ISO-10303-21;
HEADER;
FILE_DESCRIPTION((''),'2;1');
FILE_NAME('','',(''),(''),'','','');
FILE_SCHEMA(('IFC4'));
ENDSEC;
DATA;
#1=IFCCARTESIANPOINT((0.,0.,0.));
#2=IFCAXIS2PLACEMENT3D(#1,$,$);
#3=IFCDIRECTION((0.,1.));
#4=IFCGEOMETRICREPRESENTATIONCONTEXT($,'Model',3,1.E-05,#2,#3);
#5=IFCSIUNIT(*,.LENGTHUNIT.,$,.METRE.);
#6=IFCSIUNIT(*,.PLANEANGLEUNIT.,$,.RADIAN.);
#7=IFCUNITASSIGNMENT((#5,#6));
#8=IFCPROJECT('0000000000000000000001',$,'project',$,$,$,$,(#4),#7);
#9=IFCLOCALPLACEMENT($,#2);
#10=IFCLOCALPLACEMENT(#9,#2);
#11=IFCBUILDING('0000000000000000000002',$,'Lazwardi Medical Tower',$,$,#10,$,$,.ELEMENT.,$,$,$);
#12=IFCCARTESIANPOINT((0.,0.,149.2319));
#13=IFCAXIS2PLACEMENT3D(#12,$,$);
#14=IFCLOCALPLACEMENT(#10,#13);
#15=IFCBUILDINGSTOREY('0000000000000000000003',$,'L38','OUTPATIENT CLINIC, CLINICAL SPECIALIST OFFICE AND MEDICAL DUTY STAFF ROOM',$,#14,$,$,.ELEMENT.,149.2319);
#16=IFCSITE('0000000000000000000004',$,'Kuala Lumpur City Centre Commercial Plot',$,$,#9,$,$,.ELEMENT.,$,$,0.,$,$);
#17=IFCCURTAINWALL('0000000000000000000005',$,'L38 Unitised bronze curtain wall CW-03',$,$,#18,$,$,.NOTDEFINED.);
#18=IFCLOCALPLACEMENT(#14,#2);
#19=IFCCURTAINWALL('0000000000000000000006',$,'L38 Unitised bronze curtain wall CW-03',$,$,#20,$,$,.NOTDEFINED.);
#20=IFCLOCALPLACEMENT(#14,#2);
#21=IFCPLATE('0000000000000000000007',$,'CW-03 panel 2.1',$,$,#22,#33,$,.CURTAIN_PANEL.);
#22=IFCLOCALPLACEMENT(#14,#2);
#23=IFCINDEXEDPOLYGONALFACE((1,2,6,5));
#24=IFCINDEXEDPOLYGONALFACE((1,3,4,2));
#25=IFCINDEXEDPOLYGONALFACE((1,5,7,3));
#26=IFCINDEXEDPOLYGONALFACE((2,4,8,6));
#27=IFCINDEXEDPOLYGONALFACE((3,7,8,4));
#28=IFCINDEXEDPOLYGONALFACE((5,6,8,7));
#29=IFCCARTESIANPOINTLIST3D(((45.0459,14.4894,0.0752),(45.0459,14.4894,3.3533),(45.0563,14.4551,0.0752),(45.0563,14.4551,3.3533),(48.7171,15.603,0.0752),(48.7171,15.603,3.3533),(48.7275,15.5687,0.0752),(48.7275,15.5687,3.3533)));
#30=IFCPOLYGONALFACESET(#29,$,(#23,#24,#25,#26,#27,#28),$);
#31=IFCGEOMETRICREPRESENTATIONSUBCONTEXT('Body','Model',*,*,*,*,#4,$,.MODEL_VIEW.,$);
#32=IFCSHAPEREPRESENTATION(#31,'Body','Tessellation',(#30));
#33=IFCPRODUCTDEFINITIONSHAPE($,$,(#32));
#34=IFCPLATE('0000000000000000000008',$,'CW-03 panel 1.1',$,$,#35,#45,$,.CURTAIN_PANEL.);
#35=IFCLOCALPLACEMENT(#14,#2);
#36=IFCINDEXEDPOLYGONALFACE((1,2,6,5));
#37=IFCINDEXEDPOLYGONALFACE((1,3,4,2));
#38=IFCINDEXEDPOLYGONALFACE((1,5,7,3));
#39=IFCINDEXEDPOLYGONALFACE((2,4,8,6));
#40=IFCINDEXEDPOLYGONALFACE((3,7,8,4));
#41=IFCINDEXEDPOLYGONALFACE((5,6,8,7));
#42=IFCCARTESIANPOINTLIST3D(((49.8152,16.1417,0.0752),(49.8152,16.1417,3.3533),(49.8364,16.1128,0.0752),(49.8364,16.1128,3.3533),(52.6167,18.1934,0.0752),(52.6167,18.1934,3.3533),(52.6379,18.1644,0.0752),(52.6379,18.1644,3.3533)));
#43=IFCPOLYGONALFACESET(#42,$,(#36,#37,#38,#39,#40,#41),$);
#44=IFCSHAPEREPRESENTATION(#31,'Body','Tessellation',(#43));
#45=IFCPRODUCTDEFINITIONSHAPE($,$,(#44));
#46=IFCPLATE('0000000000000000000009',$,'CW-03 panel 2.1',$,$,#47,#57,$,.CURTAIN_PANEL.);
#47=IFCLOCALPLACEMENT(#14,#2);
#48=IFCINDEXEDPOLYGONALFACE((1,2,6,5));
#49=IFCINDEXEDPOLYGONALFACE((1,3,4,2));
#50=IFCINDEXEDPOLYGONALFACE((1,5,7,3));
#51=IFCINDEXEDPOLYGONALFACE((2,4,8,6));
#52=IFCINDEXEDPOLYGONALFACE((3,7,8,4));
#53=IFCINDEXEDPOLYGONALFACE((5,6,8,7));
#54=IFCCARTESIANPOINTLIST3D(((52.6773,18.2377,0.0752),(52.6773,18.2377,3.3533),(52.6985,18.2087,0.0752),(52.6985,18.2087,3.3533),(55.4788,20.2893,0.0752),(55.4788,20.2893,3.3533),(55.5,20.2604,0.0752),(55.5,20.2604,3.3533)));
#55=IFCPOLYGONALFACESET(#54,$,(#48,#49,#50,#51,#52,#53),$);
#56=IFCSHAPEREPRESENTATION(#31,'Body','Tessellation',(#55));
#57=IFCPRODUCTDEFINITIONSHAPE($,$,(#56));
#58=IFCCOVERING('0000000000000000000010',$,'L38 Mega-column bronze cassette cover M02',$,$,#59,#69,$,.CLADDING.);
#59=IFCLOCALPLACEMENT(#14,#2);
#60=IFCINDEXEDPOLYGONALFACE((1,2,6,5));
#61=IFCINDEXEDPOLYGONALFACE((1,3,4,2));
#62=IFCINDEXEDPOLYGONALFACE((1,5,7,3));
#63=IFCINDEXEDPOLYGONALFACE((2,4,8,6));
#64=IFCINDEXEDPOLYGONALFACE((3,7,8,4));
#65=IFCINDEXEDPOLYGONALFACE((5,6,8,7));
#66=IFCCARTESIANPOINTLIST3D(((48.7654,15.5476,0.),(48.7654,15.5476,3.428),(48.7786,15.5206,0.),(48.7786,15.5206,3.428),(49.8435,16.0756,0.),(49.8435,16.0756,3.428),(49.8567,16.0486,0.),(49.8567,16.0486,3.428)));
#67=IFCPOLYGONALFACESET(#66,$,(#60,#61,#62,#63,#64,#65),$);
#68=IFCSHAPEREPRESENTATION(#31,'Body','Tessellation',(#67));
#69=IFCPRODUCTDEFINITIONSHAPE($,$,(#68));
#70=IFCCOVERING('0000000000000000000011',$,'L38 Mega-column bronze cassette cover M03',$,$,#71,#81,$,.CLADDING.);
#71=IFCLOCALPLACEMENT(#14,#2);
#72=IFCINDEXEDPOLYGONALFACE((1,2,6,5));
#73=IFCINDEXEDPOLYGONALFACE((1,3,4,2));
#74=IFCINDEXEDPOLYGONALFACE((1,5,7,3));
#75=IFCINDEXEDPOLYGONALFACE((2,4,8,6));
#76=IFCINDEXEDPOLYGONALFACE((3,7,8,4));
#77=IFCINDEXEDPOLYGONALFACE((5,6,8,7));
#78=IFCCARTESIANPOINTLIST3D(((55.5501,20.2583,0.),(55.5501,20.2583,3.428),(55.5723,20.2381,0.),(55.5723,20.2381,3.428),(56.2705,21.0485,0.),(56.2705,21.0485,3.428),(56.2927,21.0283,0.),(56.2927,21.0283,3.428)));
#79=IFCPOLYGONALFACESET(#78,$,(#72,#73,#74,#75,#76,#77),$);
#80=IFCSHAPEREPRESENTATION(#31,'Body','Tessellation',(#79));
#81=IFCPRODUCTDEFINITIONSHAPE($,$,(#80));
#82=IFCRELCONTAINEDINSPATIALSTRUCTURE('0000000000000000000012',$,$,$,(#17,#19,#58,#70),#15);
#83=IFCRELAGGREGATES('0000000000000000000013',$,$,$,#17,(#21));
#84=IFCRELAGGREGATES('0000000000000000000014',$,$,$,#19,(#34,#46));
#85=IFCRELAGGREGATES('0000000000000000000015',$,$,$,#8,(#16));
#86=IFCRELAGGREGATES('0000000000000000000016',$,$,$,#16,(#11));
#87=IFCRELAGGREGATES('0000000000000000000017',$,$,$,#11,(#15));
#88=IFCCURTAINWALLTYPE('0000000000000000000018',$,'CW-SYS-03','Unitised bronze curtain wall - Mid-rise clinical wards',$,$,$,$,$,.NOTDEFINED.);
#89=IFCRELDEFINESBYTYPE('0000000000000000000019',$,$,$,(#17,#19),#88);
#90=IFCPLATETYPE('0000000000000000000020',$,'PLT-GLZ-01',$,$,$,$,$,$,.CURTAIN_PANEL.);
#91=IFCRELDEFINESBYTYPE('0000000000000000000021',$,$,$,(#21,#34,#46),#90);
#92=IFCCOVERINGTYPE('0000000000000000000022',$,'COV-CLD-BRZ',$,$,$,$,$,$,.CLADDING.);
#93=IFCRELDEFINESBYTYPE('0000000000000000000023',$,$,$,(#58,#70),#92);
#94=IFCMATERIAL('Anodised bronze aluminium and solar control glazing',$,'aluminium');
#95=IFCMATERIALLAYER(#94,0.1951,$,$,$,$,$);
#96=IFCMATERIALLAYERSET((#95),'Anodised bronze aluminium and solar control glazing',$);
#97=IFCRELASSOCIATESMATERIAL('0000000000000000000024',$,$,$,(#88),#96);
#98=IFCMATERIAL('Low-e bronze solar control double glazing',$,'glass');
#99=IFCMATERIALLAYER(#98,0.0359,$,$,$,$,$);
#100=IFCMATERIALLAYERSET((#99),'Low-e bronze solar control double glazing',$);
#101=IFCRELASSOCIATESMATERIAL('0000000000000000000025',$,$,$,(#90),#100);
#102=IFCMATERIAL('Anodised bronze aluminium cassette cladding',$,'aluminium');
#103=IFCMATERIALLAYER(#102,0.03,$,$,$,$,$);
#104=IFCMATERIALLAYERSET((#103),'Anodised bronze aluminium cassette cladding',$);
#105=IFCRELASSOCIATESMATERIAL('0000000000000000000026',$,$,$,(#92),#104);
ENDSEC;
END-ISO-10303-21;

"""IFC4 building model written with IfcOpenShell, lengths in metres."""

from ifc_helpers import new_model, si_unit, direction, frame, origin, origin_2d, place, context, subcontext, project, spatial, rectangle, extrude, material, layer, layer_set, type_object, element, aggregate, save


model = new_model("IFC4")

# Units and contexts
model_context = context("Model", 3, precision=1e-05, world=origin(), true_north=direction((0.0, 1.0)))
body_context = subcontext(model_context, "Body", "Model", "MODEL_VIEW")
ifc_project = project(units=[si_unit("LENGTHUNIT", "METRE"), si_unit("PLANEANGLEUNIT", "RADIAN")], contexts=[model_context])

# Site, building, storey
site_placement = place(None, origin())
site = spatial("IfcSite", under=ifc_project, at=site_placement, Name="Kuala Lumpur City Centre Commercial Plot", CompositionType="ELEMENT", RefElevation=0.0)
building_placement = place(site_placement, origin())
building = spatial("IfcBuilding", under=site, at=building_placement, Name="Lazwardi Medical Tower", CompositionType="ELEMENT")
storey_placement = place(building_placement, frame((0.0, 0.0, 149.2319)))
storey = spatial("IfcBuildingStorey", under=building, at=storey_placement, Name="L38", Description="OUTPATIENT CLINIC, CLINICAL SPECIALIST OFFICE AND MEDICAL DUTY STAFF ROOM", CompositionType="ELEMENT", Elevation=149.2319)

# Curtain wall
ifc_material_1 = material(Name="Anodised bronze aluminium and solar control glazing", Category="aluminium")
ifc_layer_1 = layer(ifc_material_1, 0.1951)
ifc_layer_set_1 = layer_set([ifc_layer_1], Name="Anodised bronze aluminium and solar control glazing")
curtain_wall_type = type_object("IfcCurtainWallType", Name="CW-SYS-03", Description="Unitised bronze curtain wall - Mid-rise clinical wards", PredefinedType="NOTDEFINED", material=ifc_layer_set_1)
curtain_wall_1_placement = place(storey_placement, origin())
curtain_wall_1 = element("IfcCurtainWall", 1, at=curtain_wall_1_placement, inside=storey, type_object=curtain_wall_type, Name="L38 Unitised bronze curtain wall CW-03", PredefinedType="NOTDEFINED")

# Curtain wall
curtain_wall_2_placement = place(storey_placement, origin())
curtain_wall_2 = element("IfcCurtainWall", 2, at=curtain_wall_2_placement, inside=storey, type_object=curtain_wall_type, Name="L38 Unitised bronze curtain wall CW-03", PredefinedType="NOTDEFINED")

# Plates
ifc_material_2 = material(Name="Low-e bronze solar control double glazing", Category="glass")
ifc_layer_2 = layer(ifc_material_2, 0.0359)
ifc_layer_set_2 = layer_set([ifc_layer_2], Name="Low-e bronze solar control double glazing")
plate_type = type_object("IfcPlateType", Name="PLT-GLZ-01", PredefinedType="CURTAIN_PANEL", material=ifc_layer_set_2)
plate_1_placement = place(storey_placement, frame((46.8867, 15.0291, 0.0752), z_axis=(0.0, 0.0, 1.0), x_axis=(0.956942, 0.290281, 0.0)))
plate_1 = element("IfcPlate", 3, at=plate_1_placement, type_object=plate_type, Name="CW-03 panel 2.1", PredefinedType="CURTAIN_PANEL", context=body_context, shape_type="SweptSolid", body=[
    extrude(rectangle(XDim=3.8364, YDim=0.0359, at=origin_2d()), origin(), (0.0, 0.0, 1.0), 3.2781),
])
aggregate(curtain_wall_1, [plate_1])
plate_2_placement = place(storey_placement, frame((51.2266, 17.1531, 0.0752), z_axis=(0.0, 0.0, 1.0), x_axis=(0.806793, 0.590834, 0.0)))
plate_2 = element("IfcPlate", 4, at=plate_2_placement, type_object=plate_type, Name="CW-03 panel 1.1", PredefinedType="CURTAIN_PANEL", context=body_context, shape_type="SweptSolid", body=[
    extrude(rectangle(XDim=3.4724, YDim=0.0359, at=origin_2d()), origin(), (0.0, 0.0, 1.0), 3.2781),
])
plate_3_placement = place(storey_placement, frame((54.0886, 19.249, 0.0752), z_axis=(0.0, 0.0, 1.0), x_axis=(0.806793, 0.590834, 0.0)))
plate_3 = element("IfcPlate", 5, at=plate_3_placement, type_object=plate_type, Name="CW-03 panel 2.1", PredefinedType="CURTAIN_PANEL", context=body_context, shape_type="SweptSolid", body=[
    extrude(rectangle(XDim=3.4724, YDim=0.0359, at=origin_2d()), origin(), (0.0, 0.0, 1.0), 3.2781),
])
aggregate(curtain_wall_2, [plate_2, plate_3])

# Coverings
ifc_material_3 = material(Name="Anodised bronze aluminium cassette cladding", Category="aluminium")
ifc_layer_3 = layer(ifc_material_3, 0.03)
ifc_layer_set_3 = layer_set([ifc_layer_3], Name="Anodised bronze aluminium cassette cladding")
covering_type = type_object("IfcCoveringType", Name="COV-CLD-BRZ", PredefinedType="CLADDING", material=ifc_layer_set_3)
covering_1_placement = place(storey_placement, frame((49.311, 15.7981, 0.0), z_axis=(0.0, 0.0, 1.0), x_axis=(0.898079, 0.439834, 0.0)))
element("IfcCovering", 6, at=covering_1_placement, inside=storey, type_object=covering_type, Name="L38 Mega-column bronze cassette cover M02", PredefinedType="CLADDING", context=body_context, shape_type="SweptSolid", body=[
    extrude(rectangle(XDim=1.2004, YDim=0.03, at=origin_2d()), origin(), (0.0, 0.0, 1.0), 3.428),
])
covering_2_placement = place(storey_placement, frame((55.9214, 20.6433, 0.0), z_axis=(0.0, 0.0, 1.0), x_axis=(0.673714, 0.738992, 0.0)))
element("IfcCovering", 7, at=covering_2_placement, inside=storey, type_object=covering_type, Name="L38 Mega-column bronze cassette cover M03", PredefinedType="CLADDING", context=body_context, shape_type="SweptSolid", body=[
    extrude(rectangle(XDim=1.0693, YDim=0.03, at=origin_2d()), origin(), (0.0, 0.0, 1.0), 3.428),
])

save(model, "model.ifc")
